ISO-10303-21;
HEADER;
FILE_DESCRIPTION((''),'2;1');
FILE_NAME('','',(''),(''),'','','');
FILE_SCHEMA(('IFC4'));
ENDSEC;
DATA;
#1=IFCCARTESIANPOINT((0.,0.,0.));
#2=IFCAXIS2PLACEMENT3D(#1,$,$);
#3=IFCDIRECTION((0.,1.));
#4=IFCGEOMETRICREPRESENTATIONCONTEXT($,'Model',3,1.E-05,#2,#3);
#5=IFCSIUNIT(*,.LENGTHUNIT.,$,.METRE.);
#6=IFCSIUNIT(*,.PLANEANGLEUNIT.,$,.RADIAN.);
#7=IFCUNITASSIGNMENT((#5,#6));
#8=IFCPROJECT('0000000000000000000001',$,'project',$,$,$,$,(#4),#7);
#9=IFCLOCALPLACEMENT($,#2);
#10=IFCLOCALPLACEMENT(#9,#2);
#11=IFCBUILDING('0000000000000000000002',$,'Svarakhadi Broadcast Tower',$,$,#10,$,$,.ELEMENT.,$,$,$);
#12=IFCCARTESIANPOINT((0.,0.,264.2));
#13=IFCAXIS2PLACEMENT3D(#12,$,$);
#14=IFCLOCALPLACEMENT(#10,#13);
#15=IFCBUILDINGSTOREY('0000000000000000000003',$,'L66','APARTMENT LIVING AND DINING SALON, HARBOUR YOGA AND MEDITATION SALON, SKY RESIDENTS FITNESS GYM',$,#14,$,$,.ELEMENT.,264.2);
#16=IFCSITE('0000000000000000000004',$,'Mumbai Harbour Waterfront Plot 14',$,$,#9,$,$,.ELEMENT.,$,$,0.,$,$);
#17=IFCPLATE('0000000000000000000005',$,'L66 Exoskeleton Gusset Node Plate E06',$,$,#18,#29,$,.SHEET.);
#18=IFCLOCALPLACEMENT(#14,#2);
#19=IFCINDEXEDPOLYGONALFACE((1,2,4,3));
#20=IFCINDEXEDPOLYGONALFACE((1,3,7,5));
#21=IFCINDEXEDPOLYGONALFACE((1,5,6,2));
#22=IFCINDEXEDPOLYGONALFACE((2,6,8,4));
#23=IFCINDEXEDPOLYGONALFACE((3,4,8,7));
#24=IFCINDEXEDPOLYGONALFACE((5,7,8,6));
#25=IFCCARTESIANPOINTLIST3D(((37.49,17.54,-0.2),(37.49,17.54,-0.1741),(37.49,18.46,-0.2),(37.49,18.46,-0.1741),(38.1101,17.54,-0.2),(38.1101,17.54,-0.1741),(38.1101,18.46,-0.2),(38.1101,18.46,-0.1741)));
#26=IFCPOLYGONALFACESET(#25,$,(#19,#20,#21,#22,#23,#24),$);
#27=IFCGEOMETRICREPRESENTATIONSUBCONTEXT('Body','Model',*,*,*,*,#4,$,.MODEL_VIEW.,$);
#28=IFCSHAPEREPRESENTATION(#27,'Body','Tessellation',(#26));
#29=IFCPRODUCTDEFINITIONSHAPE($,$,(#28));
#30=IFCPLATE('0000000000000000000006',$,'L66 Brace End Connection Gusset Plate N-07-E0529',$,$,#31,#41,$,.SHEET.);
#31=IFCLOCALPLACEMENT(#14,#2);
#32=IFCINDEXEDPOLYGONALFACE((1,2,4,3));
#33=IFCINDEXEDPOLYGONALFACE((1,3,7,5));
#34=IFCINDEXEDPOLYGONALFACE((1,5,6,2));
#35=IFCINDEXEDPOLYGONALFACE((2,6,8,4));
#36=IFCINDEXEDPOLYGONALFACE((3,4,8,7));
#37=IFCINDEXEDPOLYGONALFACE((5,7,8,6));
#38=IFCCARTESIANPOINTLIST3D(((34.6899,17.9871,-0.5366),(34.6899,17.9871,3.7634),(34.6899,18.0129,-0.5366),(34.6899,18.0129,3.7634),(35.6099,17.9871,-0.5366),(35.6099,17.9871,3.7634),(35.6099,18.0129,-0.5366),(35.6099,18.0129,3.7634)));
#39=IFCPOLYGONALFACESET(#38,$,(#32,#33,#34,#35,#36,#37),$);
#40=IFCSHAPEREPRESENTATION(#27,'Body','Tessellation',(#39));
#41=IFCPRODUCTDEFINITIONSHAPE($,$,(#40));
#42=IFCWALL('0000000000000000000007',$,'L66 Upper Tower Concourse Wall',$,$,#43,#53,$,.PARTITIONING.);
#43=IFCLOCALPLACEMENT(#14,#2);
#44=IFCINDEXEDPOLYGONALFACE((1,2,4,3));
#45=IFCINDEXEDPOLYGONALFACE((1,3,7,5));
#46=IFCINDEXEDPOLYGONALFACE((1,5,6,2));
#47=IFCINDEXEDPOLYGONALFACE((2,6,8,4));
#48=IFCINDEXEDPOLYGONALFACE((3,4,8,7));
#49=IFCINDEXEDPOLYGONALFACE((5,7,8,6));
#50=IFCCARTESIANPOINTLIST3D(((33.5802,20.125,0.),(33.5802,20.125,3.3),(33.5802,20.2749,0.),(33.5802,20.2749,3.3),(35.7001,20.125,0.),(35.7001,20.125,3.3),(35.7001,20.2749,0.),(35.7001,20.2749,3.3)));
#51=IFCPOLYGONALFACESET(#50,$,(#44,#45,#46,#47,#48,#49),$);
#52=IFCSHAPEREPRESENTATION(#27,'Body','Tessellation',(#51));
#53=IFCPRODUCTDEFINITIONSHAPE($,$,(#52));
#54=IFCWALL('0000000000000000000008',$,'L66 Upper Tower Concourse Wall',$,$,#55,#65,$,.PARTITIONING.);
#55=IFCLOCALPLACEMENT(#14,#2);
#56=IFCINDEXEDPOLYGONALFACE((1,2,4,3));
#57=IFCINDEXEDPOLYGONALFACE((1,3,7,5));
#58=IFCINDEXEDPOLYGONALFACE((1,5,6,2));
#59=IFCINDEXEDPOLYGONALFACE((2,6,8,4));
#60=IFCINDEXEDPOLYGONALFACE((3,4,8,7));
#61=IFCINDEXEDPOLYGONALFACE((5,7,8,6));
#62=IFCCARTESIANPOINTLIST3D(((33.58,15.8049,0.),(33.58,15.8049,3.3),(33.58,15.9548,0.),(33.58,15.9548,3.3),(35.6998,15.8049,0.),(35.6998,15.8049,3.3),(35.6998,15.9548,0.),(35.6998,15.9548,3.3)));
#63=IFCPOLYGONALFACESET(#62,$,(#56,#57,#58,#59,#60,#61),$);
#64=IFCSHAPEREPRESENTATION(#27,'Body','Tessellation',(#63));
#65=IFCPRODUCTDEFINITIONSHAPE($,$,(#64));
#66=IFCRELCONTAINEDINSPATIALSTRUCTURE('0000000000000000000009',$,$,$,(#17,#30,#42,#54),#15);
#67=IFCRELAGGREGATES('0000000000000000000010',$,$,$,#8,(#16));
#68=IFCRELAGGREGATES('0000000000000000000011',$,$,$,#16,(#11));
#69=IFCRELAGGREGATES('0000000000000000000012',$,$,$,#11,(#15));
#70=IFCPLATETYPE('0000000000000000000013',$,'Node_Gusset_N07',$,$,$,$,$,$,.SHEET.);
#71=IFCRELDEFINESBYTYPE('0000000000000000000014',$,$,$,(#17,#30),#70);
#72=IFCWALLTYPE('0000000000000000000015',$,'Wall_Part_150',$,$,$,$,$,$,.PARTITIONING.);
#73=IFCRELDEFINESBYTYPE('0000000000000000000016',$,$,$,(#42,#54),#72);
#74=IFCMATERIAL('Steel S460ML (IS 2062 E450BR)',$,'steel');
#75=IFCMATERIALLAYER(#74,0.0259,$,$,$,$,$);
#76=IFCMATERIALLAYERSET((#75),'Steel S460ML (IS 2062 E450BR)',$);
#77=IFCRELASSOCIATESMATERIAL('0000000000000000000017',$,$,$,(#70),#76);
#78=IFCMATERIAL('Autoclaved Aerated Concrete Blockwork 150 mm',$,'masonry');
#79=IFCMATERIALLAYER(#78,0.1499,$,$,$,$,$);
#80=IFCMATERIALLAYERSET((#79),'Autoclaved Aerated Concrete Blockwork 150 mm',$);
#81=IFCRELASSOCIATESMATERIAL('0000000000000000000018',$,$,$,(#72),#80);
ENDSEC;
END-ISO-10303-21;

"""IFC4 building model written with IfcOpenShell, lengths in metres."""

from ifc_helpers import new_model, si_unit, direction, frame, frame_2d, origin, origin_2d, place, context, subcontext, project, spatial, rectangle, extrude, material, layer, layer_set, type_object, element, save


model = new_model("IFC4")

# Units and contexts
model_context = context("Model", 3, precision=1e-05, world=origin(), true_north=direction((0.0, 1.0)))
body_context = subcontext(model_context, "Body", "Model", "MODEL_VIEW")
ifc_project = project(units=[si_unit("LENGTHUNIT", "METRE"), si_unit("PLANEANGLEUNIT", "RADIAN")], contexts=[model_context])

# Site, building, storey
site_placement = place(None, origin())
site = spatial("IfcSite", under=ifc_project, at=site_placement, Name="Mumbai Harbour Waterfront Plot 14", CompositionType="ELEMENT", RefElevation=0.0)
building_placement = place(site_placement, origin())
building = spatial("IfcBuilding", under=site, at=building_placement, Name="Svarakhadi Broadcast Tower", CompositionType="ELEMENT")
storey_placement = place(building_placement, frame((0.0, 0.0, 264.2)))
storey = spatial("IfcBuildingStorey", under=building, at=storey_placement, Name="L66", Description="APARTMENT LIVING AND DINING SALON, HARBOUR YOGA AND MEDITATION SALON, SKY RESIDENTS FITNESS GYM", CompositionType="ELEMENT", Elevation=264.2)

# Shared definitions
ifc_material_1 = material(Name="Steel S460ML (IS 2062 E450BR)", Category="steel")

# Plates
ifc_layer_1 = layer(ifc_material_1, 0.0259)
ifc_layer_set_1 = layer_set([ifc_layer_1], Name="Steel S460ML (IS 2062 E450BR)")
plate_type_1 = type_object("IfcPlateType", Name="Node_Gusset_N07", PredefinedType="SHEET", material=ifc_layer_set_1)
plate_1_placement = place(storey_placement, frame((37.8, 18.0, -0.2), z_axis=(0.0, 0.0, 1.0), x_axis=(0.0, 1.0, 0.0)))
element("IfcPlate", 1, at=plate_1_placement, inside=storey, type_object=plate_type_1, Name="L66 Exoskeleton Gusset Node Plate E06", PredefinedType="SHEET", context=body_context, shape_type="SweptSolid", body=[
    extrude(rectangle(XDim=0.9199, YDim=0.6201, at=origin_2d()), origin(), (0.0, 0.0, 1.0), 0.0259),
])
plate_2_placement = place(storey_placement, frame((35.1499, 18.0, -0.5366), z_axis=(0.0, 0.0, 1.0), x_axis=(1.0, 0.0, 0.0)))
element("IfcPlate", 2, at=plate_2_placement, inside=storey, type_object=plate_type_1, Name="L66 Brace End Connection Gusset Plate N-07-E0529", PredefinedType="SHEET", context=body_context, shape_type="SweptSolid", body=[
    extrude(rectangle(XDim=0.9199, YDim=0.0259, at=origin_2d()), origin(), (0.0, 0.0, 1.0), 4.3),
])

# Walls
ifc_material_2 = material(Name="Autoclaved Aerated Concrete Blockwork 150 mm", Category="masonry")
ifc_layer_2 = layer(ifc_material_2, 0.1499)
ifc_layer_set_2 = layer_set([ifc_layer_2], Name="Autoclaved Aerated Concrete Blockwork 150 mm")
wall_type = type_object("IfcWallType", Name="Wall_Part_150", PredefinedType="PARTITIONING", material=ifc_layer_set_2)
for number, where, z_axis, x_axis, name in (
    (3, (33.5801, 20.2, 0.0), (0.0, 0.0, 1.0), (1.0, 0.0, 0.0), "L66 Upper Tower Concourse Wall"),
    (4, (35.7, 15.8799, 0.0), (0.0, 0.0, 1.0), (-1.0, 0.0, 0.0), "L66 Upper Tower Concourse Wall"),
):
    element("IfcWall", number, at=place(storey_placement, frame(where, z_axis=z_axis, x_axis=x_axis)), inside=storey, type_object=wall_type, Name=name, PredefinedType="PARTITIONING", context=body_context, shape_type="SweptSolid", body=[
        extrude(rectangle(XDim=2.1199, YDim=0.1499, at=frame_2d((1.0601, 0.0))), origin(), (0.0, 0.0, 1.0), 3.3),
    ])

save(model, "model.ifc")
